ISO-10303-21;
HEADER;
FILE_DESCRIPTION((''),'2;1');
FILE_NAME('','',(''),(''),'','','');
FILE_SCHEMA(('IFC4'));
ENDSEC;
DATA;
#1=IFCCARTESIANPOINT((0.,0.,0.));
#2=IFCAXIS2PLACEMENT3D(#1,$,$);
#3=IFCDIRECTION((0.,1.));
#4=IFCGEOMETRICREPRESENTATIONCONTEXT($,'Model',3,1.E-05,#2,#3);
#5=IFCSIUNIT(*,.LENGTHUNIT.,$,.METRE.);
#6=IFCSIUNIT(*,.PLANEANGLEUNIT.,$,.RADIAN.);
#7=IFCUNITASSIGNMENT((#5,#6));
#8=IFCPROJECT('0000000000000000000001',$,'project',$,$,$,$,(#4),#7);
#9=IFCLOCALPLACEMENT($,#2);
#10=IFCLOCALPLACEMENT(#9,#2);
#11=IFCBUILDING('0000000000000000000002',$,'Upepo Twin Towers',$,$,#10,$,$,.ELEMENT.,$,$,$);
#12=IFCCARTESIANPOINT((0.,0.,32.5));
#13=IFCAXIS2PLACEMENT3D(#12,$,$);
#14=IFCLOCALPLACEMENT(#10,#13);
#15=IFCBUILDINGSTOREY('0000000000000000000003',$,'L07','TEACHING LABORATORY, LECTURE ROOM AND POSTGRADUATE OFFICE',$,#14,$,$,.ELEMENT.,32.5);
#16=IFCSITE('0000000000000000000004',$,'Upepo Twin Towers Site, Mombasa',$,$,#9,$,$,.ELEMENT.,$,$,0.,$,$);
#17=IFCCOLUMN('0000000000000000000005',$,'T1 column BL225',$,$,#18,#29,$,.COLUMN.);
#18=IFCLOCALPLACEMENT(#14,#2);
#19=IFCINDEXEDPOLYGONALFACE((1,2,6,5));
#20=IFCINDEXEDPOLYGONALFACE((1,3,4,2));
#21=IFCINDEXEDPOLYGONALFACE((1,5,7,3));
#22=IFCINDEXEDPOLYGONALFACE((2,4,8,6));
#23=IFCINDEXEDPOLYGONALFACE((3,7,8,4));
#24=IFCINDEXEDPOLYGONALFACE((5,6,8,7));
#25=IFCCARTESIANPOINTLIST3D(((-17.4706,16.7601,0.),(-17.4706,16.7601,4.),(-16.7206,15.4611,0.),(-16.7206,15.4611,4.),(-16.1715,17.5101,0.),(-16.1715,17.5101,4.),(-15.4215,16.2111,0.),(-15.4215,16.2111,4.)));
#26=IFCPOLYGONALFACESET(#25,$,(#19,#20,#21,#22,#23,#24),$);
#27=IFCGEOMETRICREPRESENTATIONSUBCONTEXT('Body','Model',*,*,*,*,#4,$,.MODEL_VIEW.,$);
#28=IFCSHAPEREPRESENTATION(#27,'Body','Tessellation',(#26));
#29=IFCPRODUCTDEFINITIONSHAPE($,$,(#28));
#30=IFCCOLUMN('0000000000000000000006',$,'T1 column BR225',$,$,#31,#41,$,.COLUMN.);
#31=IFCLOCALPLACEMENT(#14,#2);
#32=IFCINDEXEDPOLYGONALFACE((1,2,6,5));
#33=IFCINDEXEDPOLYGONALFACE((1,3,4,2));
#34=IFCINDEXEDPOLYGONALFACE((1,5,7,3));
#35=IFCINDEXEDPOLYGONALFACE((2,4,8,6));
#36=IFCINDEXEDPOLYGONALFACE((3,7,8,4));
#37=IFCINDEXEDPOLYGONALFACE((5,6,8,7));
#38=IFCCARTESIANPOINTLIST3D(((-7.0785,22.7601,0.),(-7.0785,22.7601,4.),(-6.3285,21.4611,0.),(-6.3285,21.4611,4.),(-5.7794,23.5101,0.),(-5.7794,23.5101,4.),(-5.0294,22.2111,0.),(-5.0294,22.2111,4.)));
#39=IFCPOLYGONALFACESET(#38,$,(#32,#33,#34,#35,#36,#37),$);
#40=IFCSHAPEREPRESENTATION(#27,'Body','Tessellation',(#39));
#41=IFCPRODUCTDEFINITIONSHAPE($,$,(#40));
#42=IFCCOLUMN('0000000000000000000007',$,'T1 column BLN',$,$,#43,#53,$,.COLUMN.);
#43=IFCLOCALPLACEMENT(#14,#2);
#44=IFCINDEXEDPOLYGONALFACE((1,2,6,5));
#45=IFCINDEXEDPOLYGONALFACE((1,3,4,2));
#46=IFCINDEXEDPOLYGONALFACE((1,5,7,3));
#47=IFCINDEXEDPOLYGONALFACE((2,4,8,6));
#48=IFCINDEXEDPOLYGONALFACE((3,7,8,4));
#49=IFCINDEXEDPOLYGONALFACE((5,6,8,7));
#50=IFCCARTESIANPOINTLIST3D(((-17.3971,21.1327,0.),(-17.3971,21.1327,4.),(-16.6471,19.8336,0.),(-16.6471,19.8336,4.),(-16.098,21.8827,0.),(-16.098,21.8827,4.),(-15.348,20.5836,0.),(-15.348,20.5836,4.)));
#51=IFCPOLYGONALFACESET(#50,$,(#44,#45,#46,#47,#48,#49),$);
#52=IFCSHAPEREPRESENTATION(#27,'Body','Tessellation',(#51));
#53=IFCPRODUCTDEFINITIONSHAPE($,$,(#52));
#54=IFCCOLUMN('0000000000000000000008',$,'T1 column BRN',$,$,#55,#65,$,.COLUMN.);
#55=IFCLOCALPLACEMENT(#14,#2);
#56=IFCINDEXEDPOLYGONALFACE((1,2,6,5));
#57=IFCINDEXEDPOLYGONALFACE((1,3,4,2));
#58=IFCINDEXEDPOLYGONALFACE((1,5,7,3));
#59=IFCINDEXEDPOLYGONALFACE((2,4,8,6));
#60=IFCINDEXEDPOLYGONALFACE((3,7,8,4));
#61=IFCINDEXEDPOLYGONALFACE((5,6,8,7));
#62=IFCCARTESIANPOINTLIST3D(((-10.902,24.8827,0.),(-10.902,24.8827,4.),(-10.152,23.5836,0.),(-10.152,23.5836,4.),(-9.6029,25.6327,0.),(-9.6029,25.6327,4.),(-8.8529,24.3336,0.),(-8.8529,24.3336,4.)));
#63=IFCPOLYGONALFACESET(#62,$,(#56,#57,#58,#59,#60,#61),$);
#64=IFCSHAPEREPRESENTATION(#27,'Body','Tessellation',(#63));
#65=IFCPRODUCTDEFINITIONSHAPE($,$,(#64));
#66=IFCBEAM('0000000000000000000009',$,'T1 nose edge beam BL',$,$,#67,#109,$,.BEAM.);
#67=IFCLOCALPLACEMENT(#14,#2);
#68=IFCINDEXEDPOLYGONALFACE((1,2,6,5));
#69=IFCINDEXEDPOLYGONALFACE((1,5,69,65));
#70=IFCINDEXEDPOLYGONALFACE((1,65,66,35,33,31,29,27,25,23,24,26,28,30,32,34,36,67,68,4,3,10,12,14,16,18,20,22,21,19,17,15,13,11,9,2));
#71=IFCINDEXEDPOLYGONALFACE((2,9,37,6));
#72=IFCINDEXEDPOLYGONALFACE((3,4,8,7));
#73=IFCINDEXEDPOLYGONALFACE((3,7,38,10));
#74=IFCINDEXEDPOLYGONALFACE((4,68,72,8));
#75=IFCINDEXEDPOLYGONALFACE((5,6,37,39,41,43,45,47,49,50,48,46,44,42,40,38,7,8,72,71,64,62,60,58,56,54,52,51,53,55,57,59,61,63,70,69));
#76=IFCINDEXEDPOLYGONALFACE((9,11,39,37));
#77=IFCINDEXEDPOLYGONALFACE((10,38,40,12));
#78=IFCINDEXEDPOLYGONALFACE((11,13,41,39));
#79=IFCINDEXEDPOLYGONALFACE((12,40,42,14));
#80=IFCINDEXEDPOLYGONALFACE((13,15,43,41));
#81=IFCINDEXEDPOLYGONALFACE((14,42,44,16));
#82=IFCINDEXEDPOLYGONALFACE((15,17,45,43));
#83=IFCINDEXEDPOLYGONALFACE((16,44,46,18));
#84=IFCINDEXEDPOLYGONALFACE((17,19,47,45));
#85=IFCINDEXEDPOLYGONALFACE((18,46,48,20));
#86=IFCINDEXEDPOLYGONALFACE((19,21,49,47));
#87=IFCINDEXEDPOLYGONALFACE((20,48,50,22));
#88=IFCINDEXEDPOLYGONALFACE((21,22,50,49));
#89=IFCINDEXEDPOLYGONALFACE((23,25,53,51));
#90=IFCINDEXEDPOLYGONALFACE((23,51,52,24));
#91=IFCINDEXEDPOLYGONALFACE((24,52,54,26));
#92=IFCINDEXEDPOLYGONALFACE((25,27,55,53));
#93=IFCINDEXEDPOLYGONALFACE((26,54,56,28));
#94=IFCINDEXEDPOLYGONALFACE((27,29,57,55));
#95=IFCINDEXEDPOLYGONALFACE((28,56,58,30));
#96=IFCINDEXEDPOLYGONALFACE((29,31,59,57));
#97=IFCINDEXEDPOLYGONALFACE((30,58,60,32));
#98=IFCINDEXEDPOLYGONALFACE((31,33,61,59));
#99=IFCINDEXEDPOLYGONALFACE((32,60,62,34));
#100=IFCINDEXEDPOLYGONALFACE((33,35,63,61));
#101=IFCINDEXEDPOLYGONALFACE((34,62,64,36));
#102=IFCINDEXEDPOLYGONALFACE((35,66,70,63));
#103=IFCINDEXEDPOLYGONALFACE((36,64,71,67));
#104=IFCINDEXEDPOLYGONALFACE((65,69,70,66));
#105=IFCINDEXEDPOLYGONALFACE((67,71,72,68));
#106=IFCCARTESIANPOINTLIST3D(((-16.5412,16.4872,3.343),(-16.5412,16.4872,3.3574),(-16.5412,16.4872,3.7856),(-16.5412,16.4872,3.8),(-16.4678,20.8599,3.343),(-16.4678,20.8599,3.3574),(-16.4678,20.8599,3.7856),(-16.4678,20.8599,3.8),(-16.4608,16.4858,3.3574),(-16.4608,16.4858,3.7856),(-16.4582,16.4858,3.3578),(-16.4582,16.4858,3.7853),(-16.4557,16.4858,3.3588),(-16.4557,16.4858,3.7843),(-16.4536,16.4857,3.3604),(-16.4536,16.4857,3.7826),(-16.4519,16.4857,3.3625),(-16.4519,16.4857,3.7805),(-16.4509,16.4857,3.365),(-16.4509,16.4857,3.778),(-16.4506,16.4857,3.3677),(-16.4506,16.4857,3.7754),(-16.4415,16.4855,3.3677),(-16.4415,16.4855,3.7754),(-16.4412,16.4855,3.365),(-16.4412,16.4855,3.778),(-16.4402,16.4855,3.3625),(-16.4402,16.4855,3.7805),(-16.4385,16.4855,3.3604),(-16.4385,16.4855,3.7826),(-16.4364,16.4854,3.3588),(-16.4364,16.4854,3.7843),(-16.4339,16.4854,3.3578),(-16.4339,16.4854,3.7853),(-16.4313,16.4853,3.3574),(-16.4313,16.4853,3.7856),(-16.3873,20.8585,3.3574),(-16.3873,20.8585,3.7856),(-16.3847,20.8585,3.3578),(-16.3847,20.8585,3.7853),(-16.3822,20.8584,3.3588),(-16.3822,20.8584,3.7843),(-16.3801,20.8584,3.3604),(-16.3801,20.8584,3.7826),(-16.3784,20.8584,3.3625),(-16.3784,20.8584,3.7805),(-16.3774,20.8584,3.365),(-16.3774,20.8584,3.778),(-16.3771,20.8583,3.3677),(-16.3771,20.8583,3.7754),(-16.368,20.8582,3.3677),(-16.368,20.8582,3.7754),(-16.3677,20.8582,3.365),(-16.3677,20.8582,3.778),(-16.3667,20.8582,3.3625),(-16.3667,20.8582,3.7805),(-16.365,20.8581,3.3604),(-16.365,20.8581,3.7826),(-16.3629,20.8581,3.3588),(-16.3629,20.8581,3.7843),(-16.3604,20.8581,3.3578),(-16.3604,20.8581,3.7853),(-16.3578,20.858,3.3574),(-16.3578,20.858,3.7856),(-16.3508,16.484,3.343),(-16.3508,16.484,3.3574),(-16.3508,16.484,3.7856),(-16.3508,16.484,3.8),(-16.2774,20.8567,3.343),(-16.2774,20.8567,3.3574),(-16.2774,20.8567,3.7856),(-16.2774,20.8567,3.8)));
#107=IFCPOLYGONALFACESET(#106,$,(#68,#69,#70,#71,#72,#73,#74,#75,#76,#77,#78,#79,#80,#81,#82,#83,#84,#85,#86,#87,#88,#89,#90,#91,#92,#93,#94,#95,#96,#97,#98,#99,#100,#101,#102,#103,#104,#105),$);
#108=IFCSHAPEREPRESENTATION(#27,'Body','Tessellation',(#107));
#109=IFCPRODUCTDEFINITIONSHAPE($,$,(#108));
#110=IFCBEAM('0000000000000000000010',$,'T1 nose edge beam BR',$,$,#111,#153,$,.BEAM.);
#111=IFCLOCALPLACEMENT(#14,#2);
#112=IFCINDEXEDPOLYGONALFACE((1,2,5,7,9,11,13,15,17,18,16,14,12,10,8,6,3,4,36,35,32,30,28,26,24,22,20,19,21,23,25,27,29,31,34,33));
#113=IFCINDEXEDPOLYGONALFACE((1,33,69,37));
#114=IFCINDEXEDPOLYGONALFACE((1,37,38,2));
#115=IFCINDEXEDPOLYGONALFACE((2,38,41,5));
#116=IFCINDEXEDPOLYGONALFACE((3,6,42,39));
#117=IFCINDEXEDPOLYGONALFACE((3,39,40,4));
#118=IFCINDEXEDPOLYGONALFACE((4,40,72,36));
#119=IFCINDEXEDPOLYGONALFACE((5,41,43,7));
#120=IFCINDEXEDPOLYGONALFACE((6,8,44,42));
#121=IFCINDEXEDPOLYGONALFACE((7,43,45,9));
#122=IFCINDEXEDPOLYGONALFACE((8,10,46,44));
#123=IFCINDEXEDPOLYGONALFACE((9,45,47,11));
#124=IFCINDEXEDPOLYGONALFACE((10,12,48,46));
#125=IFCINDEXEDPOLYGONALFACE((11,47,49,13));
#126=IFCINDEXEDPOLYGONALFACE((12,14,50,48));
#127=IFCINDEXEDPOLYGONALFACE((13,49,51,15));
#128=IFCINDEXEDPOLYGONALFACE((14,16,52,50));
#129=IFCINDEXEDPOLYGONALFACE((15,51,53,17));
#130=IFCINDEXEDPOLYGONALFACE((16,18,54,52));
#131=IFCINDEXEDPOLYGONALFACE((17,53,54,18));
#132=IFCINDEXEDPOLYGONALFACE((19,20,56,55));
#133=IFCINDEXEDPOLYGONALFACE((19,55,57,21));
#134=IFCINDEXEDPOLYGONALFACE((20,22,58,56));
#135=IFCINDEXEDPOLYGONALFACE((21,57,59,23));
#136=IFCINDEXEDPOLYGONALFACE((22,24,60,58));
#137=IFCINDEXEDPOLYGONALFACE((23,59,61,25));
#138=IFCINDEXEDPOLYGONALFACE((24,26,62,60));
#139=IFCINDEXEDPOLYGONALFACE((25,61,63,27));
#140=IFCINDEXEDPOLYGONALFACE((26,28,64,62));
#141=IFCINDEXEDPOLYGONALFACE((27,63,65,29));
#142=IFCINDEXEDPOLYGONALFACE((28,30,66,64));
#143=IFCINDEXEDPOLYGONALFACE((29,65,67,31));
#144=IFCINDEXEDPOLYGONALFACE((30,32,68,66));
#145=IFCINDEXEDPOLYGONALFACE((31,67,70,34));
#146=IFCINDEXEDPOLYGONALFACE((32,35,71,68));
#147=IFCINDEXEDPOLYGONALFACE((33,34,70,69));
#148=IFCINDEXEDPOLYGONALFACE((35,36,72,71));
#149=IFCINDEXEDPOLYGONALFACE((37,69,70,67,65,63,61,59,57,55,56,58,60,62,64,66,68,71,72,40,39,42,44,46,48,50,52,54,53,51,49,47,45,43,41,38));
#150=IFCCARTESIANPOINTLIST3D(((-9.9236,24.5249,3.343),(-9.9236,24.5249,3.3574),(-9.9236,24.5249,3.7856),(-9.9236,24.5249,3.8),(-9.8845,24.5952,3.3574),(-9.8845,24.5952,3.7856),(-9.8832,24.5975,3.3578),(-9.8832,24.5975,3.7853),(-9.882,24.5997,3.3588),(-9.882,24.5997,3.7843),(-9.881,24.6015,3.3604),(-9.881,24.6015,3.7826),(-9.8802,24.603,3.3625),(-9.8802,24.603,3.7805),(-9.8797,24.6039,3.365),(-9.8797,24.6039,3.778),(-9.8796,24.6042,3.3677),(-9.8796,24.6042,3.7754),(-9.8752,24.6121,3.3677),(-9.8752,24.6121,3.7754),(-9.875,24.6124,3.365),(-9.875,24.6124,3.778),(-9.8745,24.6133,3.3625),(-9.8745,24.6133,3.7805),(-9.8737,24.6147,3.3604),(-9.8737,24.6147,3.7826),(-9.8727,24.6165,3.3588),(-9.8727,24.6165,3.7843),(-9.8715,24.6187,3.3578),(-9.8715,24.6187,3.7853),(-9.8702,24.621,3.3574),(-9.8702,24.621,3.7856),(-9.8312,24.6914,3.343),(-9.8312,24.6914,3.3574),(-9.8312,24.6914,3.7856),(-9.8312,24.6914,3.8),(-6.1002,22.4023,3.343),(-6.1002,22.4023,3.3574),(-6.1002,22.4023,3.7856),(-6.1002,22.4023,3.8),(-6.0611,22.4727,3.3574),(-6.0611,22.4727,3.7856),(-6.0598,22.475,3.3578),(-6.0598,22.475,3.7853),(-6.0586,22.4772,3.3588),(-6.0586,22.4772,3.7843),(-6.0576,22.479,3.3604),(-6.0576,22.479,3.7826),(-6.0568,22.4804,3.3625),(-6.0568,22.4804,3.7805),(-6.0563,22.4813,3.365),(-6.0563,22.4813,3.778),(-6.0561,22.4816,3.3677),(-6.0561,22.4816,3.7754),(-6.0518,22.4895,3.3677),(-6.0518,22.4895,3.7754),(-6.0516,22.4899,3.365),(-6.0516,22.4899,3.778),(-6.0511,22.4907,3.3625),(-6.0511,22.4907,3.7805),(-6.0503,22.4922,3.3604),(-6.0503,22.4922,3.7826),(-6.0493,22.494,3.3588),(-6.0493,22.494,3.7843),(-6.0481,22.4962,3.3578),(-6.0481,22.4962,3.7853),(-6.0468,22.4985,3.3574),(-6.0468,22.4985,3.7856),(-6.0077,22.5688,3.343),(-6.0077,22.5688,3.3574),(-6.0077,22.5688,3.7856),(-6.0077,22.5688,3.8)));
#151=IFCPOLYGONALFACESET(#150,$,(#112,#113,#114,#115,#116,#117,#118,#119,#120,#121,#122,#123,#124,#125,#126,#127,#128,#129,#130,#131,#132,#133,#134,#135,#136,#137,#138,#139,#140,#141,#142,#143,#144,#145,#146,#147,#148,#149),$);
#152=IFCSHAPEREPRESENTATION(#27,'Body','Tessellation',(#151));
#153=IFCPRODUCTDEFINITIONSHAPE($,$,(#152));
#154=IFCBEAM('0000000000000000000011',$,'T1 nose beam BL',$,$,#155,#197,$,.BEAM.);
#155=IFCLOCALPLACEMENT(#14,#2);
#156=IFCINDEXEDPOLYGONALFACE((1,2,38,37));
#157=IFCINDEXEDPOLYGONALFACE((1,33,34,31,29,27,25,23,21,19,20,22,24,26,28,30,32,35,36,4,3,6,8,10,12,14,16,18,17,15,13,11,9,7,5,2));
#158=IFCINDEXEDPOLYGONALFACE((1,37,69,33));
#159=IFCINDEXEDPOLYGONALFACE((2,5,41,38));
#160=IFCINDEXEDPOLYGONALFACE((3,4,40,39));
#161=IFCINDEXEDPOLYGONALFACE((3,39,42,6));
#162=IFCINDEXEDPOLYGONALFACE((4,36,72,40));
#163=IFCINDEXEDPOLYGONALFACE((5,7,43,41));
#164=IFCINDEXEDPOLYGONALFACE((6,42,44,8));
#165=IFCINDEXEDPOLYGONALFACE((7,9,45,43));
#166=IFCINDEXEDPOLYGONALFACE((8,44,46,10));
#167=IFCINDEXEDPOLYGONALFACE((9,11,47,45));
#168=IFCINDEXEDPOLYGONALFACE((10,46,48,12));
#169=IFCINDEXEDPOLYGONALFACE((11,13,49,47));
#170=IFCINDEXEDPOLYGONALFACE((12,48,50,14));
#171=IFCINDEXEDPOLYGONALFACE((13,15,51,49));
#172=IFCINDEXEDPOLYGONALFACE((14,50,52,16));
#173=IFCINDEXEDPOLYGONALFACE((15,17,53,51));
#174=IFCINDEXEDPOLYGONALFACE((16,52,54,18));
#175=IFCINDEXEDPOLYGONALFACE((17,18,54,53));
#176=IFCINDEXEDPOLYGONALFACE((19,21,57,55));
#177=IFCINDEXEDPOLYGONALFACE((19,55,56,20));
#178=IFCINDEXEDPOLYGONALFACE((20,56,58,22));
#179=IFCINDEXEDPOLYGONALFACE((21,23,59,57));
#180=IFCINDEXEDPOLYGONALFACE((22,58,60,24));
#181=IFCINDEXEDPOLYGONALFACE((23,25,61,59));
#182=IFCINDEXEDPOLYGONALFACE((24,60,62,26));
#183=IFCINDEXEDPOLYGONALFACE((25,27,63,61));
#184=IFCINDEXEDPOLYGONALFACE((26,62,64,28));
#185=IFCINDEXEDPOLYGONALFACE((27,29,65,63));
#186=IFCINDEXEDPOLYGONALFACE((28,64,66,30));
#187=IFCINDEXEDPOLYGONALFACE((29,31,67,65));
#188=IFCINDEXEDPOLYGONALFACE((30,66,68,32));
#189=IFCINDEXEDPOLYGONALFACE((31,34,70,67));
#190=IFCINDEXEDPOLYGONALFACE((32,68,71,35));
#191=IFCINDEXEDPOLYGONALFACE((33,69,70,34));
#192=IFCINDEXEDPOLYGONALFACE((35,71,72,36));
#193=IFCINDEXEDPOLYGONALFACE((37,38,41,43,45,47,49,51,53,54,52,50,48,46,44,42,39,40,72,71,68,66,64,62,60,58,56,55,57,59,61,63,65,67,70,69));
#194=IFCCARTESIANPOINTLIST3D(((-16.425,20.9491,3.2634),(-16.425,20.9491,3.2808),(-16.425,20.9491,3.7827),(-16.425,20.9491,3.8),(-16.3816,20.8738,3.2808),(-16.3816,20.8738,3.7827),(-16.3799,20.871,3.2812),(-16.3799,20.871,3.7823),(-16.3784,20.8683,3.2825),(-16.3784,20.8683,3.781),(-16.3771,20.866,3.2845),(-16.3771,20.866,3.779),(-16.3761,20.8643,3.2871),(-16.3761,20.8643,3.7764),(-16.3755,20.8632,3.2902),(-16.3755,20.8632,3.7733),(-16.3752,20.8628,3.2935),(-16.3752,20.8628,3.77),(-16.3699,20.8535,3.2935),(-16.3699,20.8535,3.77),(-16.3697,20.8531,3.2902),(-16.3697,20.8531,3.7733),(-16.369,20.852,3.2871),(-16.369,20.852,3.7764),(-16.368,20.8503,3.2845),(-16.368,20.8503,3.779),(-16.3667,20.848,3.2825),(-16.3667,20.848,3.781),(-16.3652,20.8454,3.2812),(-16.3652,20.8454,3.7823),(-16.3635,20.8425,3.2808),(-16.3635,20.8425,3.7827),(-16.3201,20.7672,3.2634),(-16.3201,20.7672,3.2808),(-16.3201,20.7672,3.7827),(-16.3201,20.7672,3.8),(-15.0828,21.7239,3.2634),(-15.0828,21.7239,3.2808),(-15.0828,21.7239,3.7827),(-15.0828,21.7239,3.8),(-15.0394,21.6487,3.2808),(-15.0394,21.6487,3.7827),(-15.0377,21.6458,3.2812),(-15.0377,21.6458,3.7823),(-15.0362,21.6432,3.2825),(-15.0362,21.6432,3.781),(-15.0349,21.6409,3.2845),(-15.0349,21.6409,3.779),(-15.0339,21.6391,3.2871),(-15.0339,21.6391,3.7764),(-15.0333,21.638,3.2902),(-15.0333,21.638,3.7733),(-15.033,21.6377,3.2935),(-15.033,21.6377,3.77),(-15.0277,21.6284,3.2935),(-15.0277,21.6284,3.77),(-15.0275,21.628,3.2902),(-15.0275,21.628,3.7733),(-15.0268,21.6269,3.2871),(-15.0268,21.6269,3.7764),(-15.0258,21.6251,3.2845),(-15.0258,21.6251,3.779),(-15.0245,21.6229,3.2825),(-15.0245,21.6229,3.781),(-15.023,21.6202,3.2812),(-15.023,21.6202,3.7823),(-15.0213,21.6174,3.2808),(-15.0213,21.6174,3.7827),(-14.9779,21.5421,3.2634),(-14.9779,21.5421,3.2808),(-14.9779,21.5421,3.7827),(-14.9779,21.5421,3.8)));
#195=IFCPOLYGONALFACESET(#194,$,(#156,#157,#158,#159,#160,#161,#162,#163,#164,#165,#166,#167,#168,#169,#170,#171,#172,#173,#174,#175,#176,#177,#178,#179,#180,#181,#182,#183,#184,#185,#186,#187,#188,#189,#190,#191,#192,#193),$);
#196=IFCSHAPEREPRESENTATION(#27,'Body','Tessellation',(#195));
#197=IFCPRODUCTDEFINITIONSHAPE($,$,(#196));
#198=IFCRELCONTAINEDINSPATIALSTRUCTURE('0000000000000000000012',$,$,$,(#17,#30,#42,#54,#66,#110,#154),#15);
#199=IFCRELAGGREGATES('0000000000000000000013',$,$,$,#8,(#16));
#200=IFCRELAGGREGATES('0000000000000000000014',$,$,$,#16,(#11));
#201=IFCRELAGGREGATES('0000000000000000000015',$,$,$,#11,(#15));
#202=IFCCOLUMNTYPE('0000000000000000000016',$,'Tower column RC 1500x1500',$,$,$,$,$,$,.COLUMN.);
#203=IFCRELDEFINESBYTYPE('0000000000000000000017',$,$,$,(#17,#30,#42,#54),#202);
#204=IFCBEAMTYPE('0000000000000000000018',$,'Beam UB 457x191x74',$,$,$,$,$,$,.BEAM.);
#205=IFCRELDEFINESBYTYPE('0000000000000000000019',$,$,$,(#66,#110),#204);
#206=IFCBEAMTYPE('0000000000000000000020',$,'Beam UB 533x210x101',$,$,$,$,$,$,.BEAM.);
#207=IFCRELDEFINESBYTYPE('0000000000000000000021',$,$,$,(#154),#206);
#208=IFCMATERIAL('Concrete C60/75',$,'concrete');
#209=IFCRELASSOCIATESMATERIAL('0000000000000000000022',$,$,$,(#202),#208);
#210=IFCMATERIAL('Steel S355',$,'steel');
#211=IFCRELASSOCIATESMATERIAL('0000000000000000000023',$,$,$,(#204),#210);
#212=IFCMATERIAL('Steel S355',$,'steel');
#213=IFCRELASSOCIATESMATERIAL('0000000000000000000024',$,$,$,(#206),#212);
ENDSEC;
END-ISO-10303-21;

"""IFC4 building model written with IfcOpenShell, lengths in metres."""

from ifc_helpers import new_model, si_unit, direction, frame, origin, origin_2d, place, context, subcontext, project, spatial, rectangle, i_section, extrude, material, material_profile, profile_set, type_object, element, save


model = new_model("IFC4")

# Units and contexts
model_context = context("Model", 3, precision=1e-05, world=origin(), true_north=direction((0.0, 1.0)))
body_context = subcontext(model_context, "Body", "Model", "MODEL_VIEW")
ifc_project = project(units=[si_unit("LENGTHUNIT", "METRE"), si_unit("PLANEANGLEUNIT", "RADIAN")], contexts=[model_context])

# Site, building, storey
site_placement = place(None, origin())
site = spatial("IfcSite", under=ifc_project, at=site_placement, Name="Upepo Twin Towers Site, Mombasa", CompositionType="ELEMENT", RefElevation=0.0)
building_placement = place(site_placement, origin())
building = spatial("IfcBuilding", under=site, at=building_placement, Name="Upepo Twin Towers", CompositionType="ELEMENT")
storey_placement = place(building_placement, frame((0.0, 0.0, 32.5)))
storey = spatial("IfcBuildingStorey", under=building, at=storey_placement, Name="L07", Description="TEACHING LABORATORY, LECTURE ROOM AND POSTGRADUATE OFFICE", CompositionType="ELEMENT", Elevation=32.5)

# Columns
ifc_material_1 = material(Name="Concrete C60/75", Category="concrete")
ifc_material_profile_1 = material_profile(ifc_material_1, rectangle(XDim=1.5, YDim=1.5, at=origin_2d()), Name="RC 1500x1500")
ifc_profile_set_1 = profile_set([ifc_material_profile_1], Name="Concrete C60/75")
column_type = type_object("IfcColumnType", Name="Tower column RC 1500x1500", PredefinedType="COLUMN", material=ifc_profile_set_1)
for number, where, z_axis, x_axis, name in (
    (1, (-16.446, 16.4856, 0.0), (0.0, 0.0, 1.0), (0.866025, 0.5, 0.0), "T1 column BL225"),
    (2, (-6.054, 22.4856, 0.0), (0.0, 0.0, 1.0), (0.866025, 0.5, 0.0), "T1 column BR225"),
    (3, (-16.3726, 20.8582, 0.0), (0.0, 0.0, 1.0), (0.866025, 0.5, 0.0), "T1 column BLN"),
    (4, (-9.8774, 24.6082, 0.0), (0.0, 0.0, 1.0), (0.866025, 0.5, 0.0), "T1 column BRN"),
):
    element("IfcColumn", number, at=place(storey_placement, frame(where, z_axis=z_axis, x_axis=x_axis)), inside=storey, type_object=column_type, Name=name, PredefinedType="COLUMN", context=body_context, shape_type="SweptSolid", body=[
        extrude(rectangle(XDim=1.5, YDim=1.5, at=origin_2d()), origin(), (0.0, 0.0, 1.0), 4.0),
    ])

# Beams
ifc_material_2 = material(Name="Steel S355", Category="steel")
ifc_material_profile_2 = material_profile(ifc_material_2, i_section(OverallWidth=0.1904, OverallDepth=0.457, WebThickness=0.009, FlangeThickness=0.0144, FilletRadius=0.0103, at=origin_2d()), Name="UB 457x191x74")
ifc_profile_set_2 = profile_set([ifc_material_profile_2], Name="Steel S355")
beam_type_1 = type_object("IfcBeamType", Name="Beam UB 457x191x74", PredefinedType="BEAM", material=ifc_profile_set_2)
beam_1_placement = place(storey_placement, frame((-16.446, 16.4856, 3.5715), z_axis=(0.016804, 0.999859, 0.0), x_axis=(-0.999859, 0.016804, 0.0)))
element("IfcBeam", 5, at=beam_1_placement, inside=storey, type_object=beam_type_1, Name="T1 nose edge beam BL", PredefinedType="BEAM", context=body_context, shape_type="SweptSolid", body=[
    extrude(i_section(OverallWidth=0.1904, OverallDepth=0.457, WebThickness=0.009, FlangeThickness=0.0144, FilletRadius=0.0103, at=origin_2d()), origin(), (0.0, 0.0, 1.0), 4.3733),
])
beam_2_placement = place(storey_placement, frame((-6.054, 22.4856, 3.5715), z_axis=(-0.874313, 0.485363, 0.0), x_axis=(-0.485363, -0.874313, 0.0)))
element("IfcBeam", 6, at=beam_2_placement, inside=storey, type_object=beam_type_1, Name="T1 nose edge beam BR", PredefinedType="BEAM", context=body_context, shape_type="SweptSolid", body=[
    extrude(i_section(OverallWidth=0.1904, OverallDepth=0.457, WebThickness=0.009, FlangeThickness=0.0144, FilletRadius=0.0103, at=origin_2d()), origin(), (0.0, 0.0, 1.0), 4.373),
])
ifc_material_3 = material(Name="Steel S355", Category="steel")
ifc_material_profile_3 = material_profile(ifc_material_3, i_section(OverallWidth=0.21, OverallDepth=0.5366, WebThickness=0.0107, FlangeThickness=0.0173, FilletRadius=0.0127, at=origin_2d()), Name="UB 533x210x101")
ifc_profile_set_3 = profile_set([ifc_material_profile_3], Name="Steel S355")
beam_type_2 = type_object("IfcBeamType", Name="Beam UB 533x210x101", PredefinedType="BEAM", material=ifc_profile_set_3)
for number, where, z_axis, x_axis, name in (
    (7, (-16.3726, 20.8582, 3.5317), (0.866044, 0.499968, 0.0), (-0.499968, 0.866044, 0.0), "T1 nose beam BL"),
):
    element("IfcBeam", number, at=place(storey_placement, frame(where, z_axis=z_axis, x_axis=x_axis)), inside=storey, type_object=beam_type_2, Name=name, PredefinedType="BEAM", context=body_context, shape_type="SweptSolid", body=[
        extrude(i_section(OverallWidth=0.21, OverallDepth=0.5366, WebThickness=0.0107, FlangeThickness=0.0173, FilletRadius=0.0127, at=origin_2d()), origin(), (0.0, 0.0, 1.0), 1.5498),
    ])

save(model, "model.ifc")
